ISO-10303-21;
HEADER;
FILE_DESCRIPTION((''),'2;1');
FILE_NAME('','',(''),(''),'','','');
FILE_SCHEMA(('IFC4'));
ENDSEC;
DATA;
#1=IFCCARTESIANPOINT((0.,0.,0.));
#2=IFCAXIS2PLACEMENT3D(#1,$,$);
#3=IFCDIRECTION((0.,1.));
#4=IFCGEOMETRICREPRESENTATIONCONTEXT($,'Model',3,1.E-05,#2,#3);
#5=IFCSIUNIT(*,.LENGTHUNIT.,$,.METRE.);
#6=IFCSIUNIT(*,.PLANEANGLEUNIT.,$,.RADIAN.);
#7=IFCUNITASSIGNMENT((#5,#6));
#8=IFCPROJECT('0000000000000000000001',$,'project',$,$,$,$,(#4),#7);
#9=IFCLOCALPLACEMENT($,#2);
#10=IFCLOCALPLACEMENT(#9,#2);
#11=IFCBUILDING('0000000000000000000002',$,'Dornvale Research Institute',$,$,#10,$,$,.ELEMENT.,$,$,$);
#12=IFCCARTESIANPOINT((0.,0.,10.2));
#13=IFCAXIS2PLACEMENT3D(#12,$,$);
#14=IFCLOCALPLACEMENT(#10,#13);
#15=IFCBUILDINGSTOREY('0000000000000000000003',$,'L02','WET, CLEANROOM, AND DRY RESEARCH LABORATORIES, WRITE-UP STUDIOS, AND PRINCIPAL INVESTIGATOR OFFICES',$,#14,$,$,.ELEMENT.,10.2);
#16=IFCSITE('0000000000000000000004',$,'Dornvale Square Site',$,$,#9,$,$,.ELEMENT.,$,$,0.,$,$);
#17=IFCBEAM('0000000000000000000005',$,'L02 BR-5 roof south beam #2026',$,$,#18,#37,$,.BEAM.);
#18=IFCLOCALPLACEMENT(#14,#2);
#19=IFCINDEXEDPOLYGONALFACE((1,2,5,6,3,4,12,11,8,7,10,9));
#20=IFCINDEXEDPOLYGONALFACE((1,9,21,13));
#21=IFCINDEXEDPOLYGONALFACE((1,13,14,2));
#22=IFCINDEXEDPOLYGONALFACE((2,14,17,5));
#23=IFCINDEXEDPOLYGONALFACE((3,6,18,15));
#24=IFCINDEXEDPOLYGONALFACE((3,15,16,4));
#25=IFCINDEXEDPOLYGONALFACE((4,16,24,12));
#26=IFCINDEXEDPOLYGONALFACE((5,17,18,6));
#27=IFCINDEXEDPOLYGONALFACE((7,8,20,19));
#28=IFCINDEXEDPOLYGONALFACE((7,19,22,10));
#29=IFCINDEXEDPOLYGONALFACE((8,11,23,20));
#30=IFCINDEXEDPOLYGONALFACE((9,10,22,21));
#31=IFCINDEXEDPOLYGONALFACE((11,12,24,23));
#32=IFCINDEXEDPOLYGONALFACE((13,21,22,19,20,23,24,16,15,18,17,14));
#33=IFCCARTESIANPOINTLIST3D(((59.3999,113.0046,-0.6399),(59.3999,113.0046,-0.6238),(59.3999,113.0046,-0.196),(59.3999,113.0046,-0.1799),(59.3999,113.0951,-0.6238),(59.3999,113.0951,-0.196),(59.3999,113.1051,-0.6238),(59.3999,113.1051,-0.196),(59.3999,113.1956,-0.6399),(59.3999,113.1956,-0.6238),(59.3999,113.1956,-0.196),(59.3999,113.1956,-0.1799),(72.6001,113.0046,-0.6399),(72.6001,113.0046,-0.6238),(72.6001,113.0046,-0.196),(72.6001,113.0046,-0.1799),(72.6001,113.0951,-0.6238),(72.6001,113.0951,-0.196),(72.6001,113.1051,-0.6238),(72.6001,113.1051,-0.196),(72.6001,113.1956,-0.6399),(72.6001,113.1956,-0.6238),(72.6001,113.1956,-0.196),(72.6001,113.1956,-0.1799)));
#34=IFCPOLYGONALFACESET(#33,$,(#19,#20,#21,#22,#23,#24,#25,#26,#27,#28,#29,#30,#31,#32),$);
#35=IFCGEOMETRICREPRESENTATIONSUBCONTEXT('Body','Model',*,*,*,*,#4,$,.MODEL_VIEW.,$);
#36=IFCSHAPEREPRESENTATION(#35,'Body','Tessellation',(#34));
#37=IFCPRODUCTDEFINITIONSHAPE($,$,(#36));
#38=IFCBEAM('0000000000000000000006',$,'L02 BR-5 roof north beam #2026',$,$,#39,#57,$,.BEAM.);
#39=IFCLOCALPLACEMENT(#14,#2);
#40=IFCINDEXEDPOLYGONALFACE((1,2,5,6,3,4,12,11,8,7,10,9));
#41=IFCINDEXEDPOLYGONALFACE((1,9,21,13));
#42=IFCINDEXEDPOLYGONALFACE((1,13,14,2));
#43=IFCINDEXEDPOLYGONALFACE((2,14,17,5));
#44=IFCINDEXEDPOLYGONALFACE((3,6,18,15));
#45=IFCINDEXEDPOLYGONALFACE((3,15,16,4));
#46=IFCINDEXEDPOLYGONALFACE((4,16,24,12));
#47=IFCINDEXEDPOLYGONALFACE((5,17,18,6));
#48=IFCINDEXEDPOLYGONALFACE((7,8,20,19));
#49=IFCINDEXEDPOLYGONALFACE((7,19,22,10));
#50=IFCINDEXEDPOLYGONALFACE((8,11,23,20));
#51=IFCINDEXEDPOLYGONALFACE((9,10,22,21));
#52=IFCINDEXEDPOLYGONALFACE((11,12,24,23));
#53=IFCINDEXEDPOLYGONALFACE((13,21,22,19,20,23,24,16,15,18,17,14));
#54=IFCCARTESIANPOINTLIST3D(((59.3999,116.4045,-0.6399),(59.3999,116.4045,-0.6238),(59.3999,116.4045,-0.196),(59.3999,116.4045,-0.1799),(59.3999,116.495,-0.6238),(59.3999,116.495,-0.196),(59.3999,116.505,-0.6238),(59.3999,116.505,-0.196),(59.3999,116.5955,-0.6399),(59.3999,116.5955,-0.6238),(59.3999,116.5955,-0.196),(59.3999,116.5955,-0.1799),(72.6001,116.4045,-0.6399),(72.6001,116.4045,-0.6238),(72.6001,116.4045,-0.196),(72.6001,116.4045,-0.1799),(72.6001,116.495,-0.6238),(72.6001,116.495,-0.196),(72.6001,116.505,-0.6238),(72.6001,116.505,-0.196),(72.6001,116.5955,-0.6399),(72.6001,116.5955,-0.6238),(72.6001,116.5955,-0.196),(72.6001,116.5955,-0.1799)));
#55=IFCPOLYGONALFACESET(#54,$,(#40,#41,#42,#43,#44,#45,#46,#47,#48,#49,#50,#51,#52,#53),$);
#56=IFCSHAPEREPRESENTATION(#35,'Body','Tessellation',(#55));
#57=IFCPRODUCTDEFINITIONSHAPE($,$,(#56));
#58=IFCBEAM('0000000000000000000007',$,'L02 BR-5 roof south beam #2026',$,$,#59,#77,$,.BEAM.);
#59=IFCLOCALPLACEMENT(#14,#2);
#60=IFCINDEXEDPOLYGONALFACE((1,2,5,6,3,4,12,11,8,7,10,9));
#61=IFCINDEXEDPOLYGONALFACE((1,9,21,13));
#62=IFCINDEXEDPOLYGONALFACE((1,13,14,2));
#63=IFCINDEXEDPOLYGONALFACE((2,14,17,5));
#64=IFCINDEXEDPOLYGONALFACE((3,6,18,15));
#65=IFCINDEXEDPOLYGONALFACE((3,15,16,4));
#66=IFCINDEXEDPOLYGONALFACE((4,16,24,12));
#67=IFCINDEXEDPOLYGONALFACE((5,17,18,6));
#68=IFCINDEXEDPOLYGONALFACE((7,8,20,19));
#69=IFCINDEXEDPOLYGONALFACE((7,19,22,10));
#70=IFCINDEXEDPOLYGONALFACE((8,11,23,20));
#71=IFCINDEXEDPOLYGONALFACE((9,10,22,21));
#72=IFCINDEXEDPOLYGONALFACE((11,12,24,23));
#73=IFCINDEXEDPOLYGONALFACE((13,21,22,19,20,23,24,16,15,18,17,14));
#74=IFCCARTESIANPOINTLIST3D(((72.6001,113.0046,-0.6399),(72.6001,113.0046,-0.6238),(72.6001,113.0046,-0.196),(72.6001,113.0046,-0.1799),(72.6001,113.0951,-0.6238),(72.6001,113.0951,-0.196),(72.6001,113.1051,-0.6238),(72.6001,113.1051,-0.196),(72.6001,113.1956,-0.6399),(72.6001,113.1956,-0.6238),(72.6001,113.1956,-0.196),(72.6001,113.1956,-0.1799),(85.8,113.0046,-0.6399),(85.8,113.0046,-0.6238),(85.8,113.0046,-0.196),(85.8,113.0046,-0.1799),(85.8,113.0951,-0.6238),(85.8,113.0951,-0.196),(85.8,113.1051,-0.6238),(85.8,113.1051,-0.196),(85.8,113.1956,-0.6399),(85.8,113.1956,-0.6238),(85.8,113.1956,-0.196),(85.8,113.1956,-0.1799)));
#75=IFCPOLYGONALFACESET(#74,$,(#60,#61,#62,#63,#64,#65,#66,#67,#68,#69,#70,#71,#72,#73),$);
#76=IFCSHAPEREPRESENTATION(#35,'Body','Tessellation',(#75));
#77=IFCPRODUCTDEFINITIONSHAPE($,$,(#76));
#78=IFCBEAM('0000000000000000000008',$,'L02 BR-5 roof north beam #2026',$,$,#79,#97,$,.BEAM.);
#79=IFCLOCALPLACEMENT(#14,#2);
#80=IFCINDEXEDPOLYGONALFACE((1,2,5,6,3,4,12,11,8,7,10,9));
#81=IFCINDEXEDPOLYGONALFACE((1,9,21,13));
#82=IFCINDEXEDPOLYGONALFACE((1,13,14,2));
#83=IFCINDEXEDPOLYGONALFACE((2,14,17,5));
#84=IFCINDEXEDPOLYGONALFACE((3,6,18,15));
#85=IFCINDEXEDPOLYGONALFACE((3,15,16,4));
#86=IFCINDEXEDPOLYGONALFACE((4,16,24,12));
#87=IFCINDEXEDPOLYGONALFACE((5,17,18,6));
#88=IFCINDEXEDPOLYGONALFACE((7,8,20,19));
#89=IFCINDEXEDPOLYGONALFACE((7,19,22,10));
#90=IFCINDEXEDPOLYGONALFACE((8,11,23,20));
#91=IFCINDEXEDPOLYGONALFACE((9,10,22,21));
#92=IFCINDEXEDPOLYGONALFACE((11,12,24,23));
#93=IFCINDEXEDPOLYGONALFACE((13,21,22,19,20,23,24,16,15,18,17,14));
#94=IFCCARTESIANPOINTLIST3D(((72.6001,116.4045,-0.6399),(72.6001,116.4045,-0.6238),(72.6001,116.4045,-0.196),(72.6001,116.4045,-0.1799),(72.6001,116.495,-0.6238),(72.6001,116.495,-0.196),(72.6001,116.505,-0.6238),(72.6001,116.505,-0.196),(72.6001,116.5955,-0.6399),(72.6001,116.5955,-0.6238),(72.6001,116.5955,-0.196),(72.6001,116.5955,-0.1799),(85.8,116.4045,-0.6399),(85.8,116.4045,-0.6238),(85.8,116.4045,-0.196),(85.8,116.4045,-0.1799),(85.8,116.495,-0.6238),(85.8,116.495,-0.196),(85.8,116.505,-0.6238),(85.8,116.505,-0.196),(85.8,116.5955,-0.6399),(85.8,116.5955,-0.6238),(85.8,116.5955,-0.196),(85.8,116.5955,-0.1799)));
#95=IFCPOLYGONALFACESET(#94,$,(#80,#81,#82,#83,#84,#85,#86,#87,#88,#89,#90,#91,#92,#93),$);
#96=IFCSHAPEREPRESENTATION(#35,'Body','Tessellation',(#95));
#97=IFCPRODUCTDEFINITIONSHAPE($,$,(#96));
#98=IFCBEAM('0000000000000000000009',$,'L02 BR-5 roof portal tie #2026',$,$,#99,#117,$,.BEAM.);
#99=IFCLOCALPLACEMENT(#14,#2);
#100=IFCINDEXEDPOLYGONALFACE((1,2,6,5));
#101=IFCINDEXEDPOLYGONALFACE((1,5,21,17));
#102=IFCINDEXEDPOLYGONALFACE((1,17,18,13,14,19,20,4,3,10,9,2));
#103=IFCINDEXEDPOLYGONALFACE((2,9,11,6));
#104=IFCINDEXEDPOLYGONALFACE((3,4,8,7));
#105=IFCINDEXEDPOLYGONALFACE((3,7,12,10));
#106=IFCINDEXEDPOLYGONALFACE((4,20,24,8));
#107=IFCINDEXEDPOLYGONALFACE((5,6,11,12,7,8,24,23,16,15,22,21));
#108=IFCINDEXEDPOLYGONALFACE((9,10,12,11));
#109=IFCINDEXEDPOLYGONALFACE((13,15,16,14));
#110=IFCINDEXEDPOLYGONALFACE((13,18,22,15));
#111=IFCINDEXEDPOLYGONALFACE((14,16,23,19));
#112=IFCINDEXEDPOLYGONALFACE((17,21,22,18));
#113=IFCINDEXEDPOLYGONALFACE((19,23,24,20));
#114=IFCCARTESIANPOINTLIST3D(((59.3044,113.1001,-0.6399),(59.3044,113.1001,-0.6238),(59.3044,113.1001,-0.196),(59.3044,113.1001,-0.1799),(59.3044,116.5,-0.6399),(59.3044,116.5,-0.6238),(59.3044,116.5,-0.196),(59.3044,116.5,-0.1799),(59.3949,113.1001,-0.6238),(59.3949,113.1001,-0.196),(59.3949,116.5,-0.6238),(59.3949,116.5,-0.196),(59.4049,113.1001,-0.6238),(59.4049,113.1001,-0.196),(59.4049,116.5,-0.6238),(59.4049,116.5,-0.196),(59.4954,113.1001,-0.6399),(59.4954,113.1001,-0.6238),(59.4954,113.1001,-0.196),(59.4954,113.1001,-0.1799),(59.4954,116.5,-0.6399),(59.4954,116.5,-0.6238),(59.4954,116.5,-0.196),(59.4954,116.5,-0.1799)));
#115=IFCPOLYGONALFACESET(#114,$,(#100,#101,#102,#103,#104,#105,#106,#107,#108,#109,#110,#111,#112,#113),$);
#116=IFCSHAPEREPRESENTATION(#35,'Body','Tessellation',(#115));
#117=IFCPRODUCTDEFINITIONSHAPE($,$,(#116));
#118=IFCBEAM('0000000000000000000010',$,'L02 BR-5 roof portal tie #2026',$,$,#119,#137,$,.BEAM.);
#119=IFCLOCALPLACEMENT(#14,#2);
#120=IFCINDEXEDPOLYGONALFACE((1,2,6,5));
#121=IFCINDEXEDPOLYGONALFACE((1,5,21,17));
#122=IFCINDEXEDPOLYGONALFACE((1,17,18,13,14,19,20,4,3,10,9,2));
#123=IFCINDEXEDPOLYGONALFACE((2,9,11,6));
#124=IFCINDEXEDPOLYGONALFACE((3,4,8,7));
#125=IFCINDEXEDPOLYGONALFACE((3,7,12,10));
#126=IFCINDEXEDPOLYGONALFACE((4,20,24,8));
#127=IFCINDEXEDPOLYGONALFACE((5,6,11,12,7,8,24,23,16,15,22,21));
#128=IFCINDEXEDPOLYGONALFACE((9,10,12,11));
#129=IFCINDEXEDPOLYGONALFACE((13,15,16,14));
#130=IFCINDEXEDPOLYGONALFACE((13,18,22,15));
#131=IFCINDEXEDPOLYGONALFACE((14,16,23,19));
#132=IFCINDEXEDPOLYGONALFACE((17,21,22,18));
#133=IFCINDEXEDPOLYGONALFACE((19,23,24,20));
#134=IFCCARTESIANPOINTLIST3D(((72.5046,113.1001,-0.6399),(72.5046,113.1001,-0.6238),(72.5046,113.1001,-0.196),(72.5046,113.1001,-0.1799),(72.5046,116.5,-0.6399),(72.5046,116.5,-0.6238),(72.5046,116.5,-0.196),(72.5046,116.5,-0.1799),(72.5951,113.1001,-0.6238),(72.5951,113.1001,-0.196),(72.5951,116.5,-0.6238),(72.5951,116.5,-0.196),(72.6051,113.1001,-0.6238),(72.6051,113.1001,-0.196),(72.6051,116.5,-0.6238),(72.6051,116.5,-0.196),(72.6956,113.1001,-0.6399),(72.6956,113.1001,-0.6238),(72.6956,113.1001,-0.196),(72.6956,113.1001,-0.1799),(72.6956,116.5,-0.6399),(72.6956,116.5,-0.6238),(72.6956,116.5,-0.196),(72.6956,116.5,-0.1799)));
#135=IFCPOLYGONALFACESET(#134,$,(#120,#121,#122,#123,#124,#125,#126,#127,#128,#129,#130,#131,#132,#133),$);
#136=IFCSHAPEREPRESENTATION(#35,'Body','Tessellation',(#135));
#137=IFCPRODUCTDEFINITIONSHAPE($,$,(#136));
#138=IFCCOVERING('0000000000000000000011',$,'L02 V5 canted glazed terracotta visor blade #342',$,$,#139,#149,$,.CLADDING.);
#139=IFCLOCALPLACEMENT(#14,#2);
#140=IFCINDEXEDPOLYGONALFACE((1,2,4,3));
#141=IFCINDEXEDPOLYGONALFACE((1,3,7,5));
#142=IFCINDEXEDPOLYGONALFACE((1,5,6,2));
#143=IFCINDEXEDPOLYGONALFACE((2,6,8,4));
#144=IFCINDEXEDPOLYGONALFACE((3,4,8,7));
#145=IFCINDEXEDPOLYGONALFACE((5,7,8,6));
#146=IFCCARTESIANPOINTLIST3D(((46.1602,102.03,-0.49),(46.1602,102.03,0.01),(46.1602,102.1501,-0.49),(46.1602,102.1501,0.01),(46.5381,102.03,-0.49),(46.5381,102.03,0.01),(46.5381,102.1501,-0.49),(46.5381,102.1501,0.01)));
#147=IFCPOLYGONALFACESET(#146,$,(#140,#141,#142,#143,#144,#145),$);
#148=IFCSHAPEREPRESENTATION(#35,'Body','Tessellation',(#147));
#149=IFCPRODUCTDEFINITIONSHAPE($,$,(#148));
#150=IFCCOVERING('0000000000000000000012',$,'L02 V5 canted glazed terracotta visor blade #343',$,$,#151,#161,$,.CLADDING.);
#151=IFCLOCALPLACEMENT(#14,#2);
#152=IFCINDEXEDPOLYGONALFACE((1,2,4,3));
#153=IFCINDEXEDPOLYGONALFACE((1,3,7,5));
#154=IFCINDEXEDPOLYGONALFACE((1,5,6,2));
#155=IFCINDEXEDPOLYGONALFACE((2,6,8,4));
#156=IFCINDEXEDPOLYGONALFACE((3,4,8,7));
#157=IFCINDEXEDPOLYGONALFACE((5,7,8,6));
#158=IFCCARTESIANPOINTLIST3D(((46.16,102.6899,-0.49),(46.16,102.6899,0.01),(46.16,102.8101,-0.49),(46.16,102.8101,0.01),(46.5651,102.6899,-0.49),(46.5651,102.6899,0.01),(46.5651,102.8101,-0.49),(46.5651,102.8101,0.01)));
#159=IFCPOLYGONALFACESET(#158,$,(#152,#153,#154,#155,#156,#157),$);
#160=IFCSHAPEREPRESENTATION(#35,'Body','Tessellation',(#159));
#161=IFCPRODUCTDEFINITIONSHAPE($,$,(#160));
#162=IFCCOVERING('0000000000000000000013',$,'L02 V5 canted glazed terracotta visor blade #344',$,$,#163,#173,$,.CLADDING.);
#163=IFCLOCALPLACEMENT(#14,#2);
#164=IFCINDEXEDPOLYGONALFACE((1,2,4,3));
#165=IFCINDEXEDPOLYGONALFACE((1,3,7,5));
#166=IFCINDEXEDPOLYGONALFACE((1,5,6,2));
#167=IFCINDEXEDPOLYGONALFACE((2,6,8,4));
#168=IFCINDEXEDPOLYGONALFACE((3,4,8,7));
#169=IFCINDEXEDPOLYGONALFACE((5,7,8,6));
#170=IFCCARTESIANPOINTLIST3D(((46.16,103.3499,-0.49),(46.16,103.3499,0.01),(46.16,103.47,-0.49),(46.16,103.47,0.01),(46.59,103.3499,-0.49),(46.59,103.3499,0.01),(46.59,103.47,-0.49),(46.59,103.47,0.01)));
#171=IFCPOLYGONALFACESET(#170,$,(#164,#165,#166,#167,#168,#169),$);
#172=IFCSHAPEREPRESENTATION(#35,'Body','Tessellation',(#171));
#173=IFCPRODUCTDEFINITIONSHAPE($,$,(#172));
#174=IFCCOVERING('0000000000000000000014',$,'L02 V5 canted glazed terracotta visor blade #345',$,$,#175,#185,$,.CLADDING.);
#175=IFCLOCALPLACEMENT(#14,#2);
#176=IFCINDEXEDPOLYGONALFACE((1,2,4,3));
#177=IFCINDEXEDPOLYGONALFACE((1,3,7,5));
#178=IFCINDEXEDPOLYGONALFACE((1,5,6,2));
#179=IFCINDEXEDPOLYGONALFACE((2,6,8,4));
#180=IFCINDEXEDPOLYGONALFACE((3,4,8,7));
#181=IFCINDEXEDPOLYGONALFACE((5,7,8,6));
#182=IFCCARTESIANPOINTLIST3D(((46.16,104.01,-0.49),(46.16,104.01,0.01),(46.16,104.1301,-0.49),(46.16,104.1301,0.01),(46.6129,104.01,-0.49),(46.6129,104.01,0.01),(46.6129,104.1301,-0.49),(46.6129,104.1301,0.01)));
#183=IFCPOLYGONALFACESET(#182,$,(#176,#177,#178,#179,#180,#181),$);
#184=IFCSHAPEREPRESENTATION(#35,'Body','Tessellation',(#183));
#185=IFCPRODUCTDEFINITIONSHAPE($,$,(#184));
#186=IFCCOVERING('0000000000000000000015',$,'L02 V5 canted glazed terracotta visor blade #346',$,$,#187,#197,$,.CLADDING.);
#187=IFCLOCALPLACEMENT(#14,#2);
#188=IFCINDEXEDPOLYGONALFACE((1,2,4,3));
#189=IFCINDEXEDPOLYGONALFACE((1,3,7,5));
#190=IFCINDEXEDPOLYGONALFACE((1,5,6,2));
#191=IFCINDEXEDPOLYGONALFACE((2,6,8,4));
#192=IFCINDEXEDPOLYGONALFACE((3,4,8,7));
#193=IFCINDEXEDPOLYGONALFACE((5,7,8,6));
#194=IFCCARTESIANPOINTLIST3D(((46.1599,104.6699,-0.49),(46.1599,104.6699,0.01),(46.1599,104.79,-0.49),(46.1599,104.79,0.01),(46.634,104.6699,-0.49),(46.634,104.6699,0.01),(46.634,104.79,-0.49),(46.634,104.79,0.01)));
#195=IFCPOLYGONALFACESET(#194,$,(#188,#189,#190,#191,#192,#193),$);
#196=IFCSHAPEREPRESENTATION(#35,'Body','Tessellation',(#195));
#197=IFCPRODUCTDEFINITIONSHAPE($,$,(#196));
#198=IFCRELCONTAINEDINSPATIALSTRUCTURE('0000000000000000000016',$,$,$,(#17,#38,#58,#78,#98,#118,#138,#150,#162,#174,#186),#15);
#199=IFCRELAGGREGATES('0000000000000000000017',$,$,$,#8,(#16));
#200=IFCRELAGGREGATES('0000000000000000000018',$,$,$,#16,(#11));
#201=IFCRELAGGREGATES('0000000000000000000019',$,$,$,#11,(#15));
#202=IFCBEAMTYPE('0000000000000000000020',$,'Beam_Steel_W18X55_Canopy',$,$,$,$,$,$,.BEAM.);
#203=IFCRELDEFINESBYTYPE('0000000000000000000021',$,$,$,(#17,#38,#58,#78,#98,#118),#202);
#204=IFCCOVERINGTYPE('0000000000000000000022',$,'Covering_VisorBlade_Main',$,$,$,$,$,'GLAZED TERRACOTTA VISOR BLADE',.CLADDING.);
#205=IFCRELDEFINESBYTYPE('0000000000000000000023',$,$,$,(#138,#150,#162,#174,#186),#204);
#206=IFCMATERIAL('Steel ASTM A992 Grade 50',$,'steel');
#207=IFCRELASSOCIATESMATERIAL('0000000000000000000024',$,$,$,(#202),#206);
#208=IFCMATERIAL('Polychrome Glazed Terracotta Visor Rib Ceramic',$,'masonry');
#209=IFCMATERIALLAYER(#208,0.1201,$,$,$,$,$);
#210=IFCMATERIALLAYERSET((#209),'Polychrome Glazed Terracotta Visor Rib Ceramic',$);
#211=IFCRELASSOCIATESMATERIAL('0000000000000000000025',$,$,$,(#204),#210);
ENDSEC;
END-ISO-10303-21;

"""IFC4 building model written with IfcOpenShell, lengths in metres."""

from ifc_helpers import new_model, si_unit, direction, frame, origin, origin_2d, place, context, subcontext, project, spatial, rectangle, i_section, extrude, material, layer, layer_set, material_profile, profile_set, type_object, element, save


model = new_model("IFC4")

# Units and contexts
model_context = context("Model", 3, precision=1e-05, world=origin(), true_north=direction((0.0, 1.0)))
body_context = subcontext(model_context, "Body", "Model", "MODEL_VIEW")
ifc_project = project(units=[si_unit("LENGTHUNIT", "METRE"), si_unit("PLANEANGLEUNIT", "RADIAN")], contexts=[model_context])

# Site, building, storey
site_placement = place(None, origin())
site = spatial("IfcSite", under=ifc_project, at=site_placement, Name="Dornvale Square Site", CompositionType="ELEMENT", RefElevation=0.0)
building_placement = place(site_placement, origin())
building = spatial("IfcBuilding", under=site, at=building_placement, Name="Dornvale Research Institute", CompositionType="ELEMENT")
storey_placement = place(building_placement, frame((0.0, 0.0, 10.2)))
storey = spatial("IfcBuildingStorey", under=building, at=storey_placement, Name="L02", Description="WET, CLEANROOM, AND DRY RESEARCH LABORATORIES, WRITE-UP STUDIOS, AND PRINCIPAL INVESTIGATOR OFFICES", CompositionType="ELEMENT", Elevation=10.2)

# Beams
ifc_material_1 = material(Name="Steel ASTM A992 Grade 50", Category="steel")
ifc_material_profile = material_profile(ifc_material_1, i_section(OverallWidth=0.1909, OverallDepth=0.46, WebThickness=0.01, FlangeThickness=0.0161, at=origin_2d()), Name="W18X55")
ifc_profile_set = profile_set([ifc_material_profile], Name="Steel ASTM A992 Grade 50")
beam_type = type_object("IfcBeamType", Name="Beam_Steel_W18X55_Canopy", PredefinedType="BEAM", material=ifc_profile_set)
for number, where, z_axis, x_axis, name in (
    (1, (59.3999, 113.1001, -0.4099), (1.0, 0.0, 0.0), (0.0, 1.0, 0.0), "L02 BR-5 roof south beam #2026"),
    (2, (59.3999, 116.5, -0.4099), (1.0, 0.0, 0.0), (0.0, 1.0, 0.0), "L02 BR-5 roof north beam #2026"),
):
    element("IfcBeam", number, at=place(storey_placement, frame(where, z_axis=z_axis, x_axis=x_axis)), inside=storey, type_object=beam_type, Name=name, PredefinedType="BEAM", context=body_context, shape_type="SweptSolid", body=[
        extrude(i_section(OverallWidth=0.1909, OverallDepth=0.46, WebThickness=0.01, FlangeThickness=0.0161, at=origin_2d()), origin(), (0.0, 0.0, 1.0), 13.2002),
    ])
for number, where, z_axis, x_axis, name in (
    (3, (72.6001, 113.1001, -0.4099), (1.0, 0.0, 0.0), (0.0, 1.0, 0.0), "L02 BR-5 roof south beam #2026"),
    (4, (72.6001, 116.5, -0.4099), (1.0, 0.0, 0.0), (0.0, 1.0, 0.0), "L02 BR-5 roof north beam #2026"),
):
    element("IfcBeam", number, at=place(storey_placement, frame(where, z_axis=z_axis, x_axis=x_axis)), inside=storey, type_object=beam_type, Name=name, PredefinedType="BEAM", context=body_context, shape_type="SweptSolid", body=[
        extrude(i_section(OverallWidth=0.1909, OverallDepth=0.46, WebThickness=0.01, FlangeThickness=0.0161, at=origin_2d()), origin(), (0.0, 0.0, 1.0), 13.2),
    ])
for number, where, z_axis, x_axis, name in (
    (5, (59.3999, 113.1001, -0.4099), (0.0, 1.0, 0.0), (-1.0, 0.0, 0.0), "L02 BR-5 roof portal tie #2026"),
    (6, (72.6001, 113.1001, -0.4099), (0.0, 1.0, 0.0), (-1.0, 0.0, 0.0), "L02 BR-5 roof portal tie #2026"),
):
    element("IfcBeam", number, at=place(storey_placement, frame(where, z_axis=z_axis, x_axis=x_axis)), inside=storey, type_object=beam_type, Name=name, PredefinedType="BEAM", context=body_context, shape_type="SweptSolid", body=[
        extrude(i_section(OverallWidth=0.1909, OverallDepth=0.46, WebThickness=0.01, FlangeThickness=0.0161, at=origin_2d()), origin(), (0.0, 0.0, 1.0), 3.3999),
    ])

# Coverings
ifc_material_2 = material(Name="Polychrome Glazed Terracotta Visor Rib Ceramic", Category="masonry")
ifc_layer = layer(ifc_material_2, 0.1201)
ifc_layer_set = layer_set([ifc_layer], Name="Polychrome Glazed Terracotta Visor Rib Ceramic")
covering_type = type_object("IfcCoveringType", Name="Covering_VisorBlade_Main", ElementType="GLAZED TERRACOTTA VISOR BLADE", PredefinedType="CLADDING", material=ifc_layer_set)
covering_1_placement = place(storey_placement, frame((46.3491, 102.0901, -0.49), z_axis=(0.0, 0.0, 1.0), x_axis=(1.0, 0.0, 0.0)))
element("IfcCovering", 7, at=covering_1_placement, inside=storey, type_object=covering_type, Name="L02 V5 canted glazed terracotta visor blade #342", PredefinedType="CLADDING", context=body_context, shape_type="SweptSolid", body=[
    extrude(rectangle(XDim=0.3779, YDim=0.1201, at=origin_2d()), origin(), (0.0, 0.0, 1.0), 0.5),
])
covering_2_placement = place(storey_placement, frame((46.3625, 102.75, -0.49), z_axis=(0.0, 0.0, 1.0), x_axis=(1.0, 0.0, 0.0)))
element("IfcCovering", 8, at=covering_2_placement, inside=storey, type_object=covering_type, Name="L02 V5 canted glazed terracotta visor blade #343", PredefinedType="CLADDING", context=body_context, shape_type="SweptSolid", body=[
    extrude(rectangle(XDim=0.405, YDim=0.1201, at=origin_2d()), origin(), (0.0, 0.0, 1.0), 0.5),
])
covering_3_placement = place(storey_placement, frame((46.375, 103.4099, -0.49), z_axis=(0.0, 0.0, 1.0), x_axis=(1.0, 0.0, 0.0)))
element("IfcCovering", 9, at=covering_3_placement, inside=storey, type_object=covering_type, Name="L02 V5 canted glazed terracotta visor blade #344", PredefinedType="CLADDING", context=body_context, shape_type="SweptSolid", body=[
    extrude(rectangle(XDim=0.4299, YDim=0.1201, at=origin_2d()), origin(), (0.0, 0.0, 1.0), 0.5),
])
covering_4_placement = place(storey_placement, frame((46.3865, 104.0701, -0.49), z_axis=(0.0, 0.0, 1.0), x_axis=(1.0, 0.0, 0.0)))
element("IfcCovering", 10, at=covering_4_placement, inside=storey, type_object=covering_type, Name="L02 V5 canted glazed terracotta visor blade #345", PredefinedType="CLADDING", context=body_context, shape_type="SweptSolid", body=[
    extrude(rectangle(XDim=0.4529, YDim=0.1201, at=origin_2d()), origin(), (0.0, 0.0, 1.0), 0.5),
])
covering_5_placement = place(storey_placement, frame((46.397, 104.73, -0.49), z_axis=(0.0, 0.0, 1.0), x_axis=(1.0, 0.0, 0.0)))
element("IfcCovering", 11, at=covering_5_placement, inside=storey, type_object=covering_type, Name="L02 V5 canted glazed terracotta visor blade #346", PredefinedType="CLADDING", context=body_context, shape_type="SweptSolid", body=[
    extrude(rectangle(XDim=0.4741, YDim=0.1201, at=origin_2d()), origin(), (0.0, 0.0, 1.0), 0.5),
])

save(model, "model.ifc")
